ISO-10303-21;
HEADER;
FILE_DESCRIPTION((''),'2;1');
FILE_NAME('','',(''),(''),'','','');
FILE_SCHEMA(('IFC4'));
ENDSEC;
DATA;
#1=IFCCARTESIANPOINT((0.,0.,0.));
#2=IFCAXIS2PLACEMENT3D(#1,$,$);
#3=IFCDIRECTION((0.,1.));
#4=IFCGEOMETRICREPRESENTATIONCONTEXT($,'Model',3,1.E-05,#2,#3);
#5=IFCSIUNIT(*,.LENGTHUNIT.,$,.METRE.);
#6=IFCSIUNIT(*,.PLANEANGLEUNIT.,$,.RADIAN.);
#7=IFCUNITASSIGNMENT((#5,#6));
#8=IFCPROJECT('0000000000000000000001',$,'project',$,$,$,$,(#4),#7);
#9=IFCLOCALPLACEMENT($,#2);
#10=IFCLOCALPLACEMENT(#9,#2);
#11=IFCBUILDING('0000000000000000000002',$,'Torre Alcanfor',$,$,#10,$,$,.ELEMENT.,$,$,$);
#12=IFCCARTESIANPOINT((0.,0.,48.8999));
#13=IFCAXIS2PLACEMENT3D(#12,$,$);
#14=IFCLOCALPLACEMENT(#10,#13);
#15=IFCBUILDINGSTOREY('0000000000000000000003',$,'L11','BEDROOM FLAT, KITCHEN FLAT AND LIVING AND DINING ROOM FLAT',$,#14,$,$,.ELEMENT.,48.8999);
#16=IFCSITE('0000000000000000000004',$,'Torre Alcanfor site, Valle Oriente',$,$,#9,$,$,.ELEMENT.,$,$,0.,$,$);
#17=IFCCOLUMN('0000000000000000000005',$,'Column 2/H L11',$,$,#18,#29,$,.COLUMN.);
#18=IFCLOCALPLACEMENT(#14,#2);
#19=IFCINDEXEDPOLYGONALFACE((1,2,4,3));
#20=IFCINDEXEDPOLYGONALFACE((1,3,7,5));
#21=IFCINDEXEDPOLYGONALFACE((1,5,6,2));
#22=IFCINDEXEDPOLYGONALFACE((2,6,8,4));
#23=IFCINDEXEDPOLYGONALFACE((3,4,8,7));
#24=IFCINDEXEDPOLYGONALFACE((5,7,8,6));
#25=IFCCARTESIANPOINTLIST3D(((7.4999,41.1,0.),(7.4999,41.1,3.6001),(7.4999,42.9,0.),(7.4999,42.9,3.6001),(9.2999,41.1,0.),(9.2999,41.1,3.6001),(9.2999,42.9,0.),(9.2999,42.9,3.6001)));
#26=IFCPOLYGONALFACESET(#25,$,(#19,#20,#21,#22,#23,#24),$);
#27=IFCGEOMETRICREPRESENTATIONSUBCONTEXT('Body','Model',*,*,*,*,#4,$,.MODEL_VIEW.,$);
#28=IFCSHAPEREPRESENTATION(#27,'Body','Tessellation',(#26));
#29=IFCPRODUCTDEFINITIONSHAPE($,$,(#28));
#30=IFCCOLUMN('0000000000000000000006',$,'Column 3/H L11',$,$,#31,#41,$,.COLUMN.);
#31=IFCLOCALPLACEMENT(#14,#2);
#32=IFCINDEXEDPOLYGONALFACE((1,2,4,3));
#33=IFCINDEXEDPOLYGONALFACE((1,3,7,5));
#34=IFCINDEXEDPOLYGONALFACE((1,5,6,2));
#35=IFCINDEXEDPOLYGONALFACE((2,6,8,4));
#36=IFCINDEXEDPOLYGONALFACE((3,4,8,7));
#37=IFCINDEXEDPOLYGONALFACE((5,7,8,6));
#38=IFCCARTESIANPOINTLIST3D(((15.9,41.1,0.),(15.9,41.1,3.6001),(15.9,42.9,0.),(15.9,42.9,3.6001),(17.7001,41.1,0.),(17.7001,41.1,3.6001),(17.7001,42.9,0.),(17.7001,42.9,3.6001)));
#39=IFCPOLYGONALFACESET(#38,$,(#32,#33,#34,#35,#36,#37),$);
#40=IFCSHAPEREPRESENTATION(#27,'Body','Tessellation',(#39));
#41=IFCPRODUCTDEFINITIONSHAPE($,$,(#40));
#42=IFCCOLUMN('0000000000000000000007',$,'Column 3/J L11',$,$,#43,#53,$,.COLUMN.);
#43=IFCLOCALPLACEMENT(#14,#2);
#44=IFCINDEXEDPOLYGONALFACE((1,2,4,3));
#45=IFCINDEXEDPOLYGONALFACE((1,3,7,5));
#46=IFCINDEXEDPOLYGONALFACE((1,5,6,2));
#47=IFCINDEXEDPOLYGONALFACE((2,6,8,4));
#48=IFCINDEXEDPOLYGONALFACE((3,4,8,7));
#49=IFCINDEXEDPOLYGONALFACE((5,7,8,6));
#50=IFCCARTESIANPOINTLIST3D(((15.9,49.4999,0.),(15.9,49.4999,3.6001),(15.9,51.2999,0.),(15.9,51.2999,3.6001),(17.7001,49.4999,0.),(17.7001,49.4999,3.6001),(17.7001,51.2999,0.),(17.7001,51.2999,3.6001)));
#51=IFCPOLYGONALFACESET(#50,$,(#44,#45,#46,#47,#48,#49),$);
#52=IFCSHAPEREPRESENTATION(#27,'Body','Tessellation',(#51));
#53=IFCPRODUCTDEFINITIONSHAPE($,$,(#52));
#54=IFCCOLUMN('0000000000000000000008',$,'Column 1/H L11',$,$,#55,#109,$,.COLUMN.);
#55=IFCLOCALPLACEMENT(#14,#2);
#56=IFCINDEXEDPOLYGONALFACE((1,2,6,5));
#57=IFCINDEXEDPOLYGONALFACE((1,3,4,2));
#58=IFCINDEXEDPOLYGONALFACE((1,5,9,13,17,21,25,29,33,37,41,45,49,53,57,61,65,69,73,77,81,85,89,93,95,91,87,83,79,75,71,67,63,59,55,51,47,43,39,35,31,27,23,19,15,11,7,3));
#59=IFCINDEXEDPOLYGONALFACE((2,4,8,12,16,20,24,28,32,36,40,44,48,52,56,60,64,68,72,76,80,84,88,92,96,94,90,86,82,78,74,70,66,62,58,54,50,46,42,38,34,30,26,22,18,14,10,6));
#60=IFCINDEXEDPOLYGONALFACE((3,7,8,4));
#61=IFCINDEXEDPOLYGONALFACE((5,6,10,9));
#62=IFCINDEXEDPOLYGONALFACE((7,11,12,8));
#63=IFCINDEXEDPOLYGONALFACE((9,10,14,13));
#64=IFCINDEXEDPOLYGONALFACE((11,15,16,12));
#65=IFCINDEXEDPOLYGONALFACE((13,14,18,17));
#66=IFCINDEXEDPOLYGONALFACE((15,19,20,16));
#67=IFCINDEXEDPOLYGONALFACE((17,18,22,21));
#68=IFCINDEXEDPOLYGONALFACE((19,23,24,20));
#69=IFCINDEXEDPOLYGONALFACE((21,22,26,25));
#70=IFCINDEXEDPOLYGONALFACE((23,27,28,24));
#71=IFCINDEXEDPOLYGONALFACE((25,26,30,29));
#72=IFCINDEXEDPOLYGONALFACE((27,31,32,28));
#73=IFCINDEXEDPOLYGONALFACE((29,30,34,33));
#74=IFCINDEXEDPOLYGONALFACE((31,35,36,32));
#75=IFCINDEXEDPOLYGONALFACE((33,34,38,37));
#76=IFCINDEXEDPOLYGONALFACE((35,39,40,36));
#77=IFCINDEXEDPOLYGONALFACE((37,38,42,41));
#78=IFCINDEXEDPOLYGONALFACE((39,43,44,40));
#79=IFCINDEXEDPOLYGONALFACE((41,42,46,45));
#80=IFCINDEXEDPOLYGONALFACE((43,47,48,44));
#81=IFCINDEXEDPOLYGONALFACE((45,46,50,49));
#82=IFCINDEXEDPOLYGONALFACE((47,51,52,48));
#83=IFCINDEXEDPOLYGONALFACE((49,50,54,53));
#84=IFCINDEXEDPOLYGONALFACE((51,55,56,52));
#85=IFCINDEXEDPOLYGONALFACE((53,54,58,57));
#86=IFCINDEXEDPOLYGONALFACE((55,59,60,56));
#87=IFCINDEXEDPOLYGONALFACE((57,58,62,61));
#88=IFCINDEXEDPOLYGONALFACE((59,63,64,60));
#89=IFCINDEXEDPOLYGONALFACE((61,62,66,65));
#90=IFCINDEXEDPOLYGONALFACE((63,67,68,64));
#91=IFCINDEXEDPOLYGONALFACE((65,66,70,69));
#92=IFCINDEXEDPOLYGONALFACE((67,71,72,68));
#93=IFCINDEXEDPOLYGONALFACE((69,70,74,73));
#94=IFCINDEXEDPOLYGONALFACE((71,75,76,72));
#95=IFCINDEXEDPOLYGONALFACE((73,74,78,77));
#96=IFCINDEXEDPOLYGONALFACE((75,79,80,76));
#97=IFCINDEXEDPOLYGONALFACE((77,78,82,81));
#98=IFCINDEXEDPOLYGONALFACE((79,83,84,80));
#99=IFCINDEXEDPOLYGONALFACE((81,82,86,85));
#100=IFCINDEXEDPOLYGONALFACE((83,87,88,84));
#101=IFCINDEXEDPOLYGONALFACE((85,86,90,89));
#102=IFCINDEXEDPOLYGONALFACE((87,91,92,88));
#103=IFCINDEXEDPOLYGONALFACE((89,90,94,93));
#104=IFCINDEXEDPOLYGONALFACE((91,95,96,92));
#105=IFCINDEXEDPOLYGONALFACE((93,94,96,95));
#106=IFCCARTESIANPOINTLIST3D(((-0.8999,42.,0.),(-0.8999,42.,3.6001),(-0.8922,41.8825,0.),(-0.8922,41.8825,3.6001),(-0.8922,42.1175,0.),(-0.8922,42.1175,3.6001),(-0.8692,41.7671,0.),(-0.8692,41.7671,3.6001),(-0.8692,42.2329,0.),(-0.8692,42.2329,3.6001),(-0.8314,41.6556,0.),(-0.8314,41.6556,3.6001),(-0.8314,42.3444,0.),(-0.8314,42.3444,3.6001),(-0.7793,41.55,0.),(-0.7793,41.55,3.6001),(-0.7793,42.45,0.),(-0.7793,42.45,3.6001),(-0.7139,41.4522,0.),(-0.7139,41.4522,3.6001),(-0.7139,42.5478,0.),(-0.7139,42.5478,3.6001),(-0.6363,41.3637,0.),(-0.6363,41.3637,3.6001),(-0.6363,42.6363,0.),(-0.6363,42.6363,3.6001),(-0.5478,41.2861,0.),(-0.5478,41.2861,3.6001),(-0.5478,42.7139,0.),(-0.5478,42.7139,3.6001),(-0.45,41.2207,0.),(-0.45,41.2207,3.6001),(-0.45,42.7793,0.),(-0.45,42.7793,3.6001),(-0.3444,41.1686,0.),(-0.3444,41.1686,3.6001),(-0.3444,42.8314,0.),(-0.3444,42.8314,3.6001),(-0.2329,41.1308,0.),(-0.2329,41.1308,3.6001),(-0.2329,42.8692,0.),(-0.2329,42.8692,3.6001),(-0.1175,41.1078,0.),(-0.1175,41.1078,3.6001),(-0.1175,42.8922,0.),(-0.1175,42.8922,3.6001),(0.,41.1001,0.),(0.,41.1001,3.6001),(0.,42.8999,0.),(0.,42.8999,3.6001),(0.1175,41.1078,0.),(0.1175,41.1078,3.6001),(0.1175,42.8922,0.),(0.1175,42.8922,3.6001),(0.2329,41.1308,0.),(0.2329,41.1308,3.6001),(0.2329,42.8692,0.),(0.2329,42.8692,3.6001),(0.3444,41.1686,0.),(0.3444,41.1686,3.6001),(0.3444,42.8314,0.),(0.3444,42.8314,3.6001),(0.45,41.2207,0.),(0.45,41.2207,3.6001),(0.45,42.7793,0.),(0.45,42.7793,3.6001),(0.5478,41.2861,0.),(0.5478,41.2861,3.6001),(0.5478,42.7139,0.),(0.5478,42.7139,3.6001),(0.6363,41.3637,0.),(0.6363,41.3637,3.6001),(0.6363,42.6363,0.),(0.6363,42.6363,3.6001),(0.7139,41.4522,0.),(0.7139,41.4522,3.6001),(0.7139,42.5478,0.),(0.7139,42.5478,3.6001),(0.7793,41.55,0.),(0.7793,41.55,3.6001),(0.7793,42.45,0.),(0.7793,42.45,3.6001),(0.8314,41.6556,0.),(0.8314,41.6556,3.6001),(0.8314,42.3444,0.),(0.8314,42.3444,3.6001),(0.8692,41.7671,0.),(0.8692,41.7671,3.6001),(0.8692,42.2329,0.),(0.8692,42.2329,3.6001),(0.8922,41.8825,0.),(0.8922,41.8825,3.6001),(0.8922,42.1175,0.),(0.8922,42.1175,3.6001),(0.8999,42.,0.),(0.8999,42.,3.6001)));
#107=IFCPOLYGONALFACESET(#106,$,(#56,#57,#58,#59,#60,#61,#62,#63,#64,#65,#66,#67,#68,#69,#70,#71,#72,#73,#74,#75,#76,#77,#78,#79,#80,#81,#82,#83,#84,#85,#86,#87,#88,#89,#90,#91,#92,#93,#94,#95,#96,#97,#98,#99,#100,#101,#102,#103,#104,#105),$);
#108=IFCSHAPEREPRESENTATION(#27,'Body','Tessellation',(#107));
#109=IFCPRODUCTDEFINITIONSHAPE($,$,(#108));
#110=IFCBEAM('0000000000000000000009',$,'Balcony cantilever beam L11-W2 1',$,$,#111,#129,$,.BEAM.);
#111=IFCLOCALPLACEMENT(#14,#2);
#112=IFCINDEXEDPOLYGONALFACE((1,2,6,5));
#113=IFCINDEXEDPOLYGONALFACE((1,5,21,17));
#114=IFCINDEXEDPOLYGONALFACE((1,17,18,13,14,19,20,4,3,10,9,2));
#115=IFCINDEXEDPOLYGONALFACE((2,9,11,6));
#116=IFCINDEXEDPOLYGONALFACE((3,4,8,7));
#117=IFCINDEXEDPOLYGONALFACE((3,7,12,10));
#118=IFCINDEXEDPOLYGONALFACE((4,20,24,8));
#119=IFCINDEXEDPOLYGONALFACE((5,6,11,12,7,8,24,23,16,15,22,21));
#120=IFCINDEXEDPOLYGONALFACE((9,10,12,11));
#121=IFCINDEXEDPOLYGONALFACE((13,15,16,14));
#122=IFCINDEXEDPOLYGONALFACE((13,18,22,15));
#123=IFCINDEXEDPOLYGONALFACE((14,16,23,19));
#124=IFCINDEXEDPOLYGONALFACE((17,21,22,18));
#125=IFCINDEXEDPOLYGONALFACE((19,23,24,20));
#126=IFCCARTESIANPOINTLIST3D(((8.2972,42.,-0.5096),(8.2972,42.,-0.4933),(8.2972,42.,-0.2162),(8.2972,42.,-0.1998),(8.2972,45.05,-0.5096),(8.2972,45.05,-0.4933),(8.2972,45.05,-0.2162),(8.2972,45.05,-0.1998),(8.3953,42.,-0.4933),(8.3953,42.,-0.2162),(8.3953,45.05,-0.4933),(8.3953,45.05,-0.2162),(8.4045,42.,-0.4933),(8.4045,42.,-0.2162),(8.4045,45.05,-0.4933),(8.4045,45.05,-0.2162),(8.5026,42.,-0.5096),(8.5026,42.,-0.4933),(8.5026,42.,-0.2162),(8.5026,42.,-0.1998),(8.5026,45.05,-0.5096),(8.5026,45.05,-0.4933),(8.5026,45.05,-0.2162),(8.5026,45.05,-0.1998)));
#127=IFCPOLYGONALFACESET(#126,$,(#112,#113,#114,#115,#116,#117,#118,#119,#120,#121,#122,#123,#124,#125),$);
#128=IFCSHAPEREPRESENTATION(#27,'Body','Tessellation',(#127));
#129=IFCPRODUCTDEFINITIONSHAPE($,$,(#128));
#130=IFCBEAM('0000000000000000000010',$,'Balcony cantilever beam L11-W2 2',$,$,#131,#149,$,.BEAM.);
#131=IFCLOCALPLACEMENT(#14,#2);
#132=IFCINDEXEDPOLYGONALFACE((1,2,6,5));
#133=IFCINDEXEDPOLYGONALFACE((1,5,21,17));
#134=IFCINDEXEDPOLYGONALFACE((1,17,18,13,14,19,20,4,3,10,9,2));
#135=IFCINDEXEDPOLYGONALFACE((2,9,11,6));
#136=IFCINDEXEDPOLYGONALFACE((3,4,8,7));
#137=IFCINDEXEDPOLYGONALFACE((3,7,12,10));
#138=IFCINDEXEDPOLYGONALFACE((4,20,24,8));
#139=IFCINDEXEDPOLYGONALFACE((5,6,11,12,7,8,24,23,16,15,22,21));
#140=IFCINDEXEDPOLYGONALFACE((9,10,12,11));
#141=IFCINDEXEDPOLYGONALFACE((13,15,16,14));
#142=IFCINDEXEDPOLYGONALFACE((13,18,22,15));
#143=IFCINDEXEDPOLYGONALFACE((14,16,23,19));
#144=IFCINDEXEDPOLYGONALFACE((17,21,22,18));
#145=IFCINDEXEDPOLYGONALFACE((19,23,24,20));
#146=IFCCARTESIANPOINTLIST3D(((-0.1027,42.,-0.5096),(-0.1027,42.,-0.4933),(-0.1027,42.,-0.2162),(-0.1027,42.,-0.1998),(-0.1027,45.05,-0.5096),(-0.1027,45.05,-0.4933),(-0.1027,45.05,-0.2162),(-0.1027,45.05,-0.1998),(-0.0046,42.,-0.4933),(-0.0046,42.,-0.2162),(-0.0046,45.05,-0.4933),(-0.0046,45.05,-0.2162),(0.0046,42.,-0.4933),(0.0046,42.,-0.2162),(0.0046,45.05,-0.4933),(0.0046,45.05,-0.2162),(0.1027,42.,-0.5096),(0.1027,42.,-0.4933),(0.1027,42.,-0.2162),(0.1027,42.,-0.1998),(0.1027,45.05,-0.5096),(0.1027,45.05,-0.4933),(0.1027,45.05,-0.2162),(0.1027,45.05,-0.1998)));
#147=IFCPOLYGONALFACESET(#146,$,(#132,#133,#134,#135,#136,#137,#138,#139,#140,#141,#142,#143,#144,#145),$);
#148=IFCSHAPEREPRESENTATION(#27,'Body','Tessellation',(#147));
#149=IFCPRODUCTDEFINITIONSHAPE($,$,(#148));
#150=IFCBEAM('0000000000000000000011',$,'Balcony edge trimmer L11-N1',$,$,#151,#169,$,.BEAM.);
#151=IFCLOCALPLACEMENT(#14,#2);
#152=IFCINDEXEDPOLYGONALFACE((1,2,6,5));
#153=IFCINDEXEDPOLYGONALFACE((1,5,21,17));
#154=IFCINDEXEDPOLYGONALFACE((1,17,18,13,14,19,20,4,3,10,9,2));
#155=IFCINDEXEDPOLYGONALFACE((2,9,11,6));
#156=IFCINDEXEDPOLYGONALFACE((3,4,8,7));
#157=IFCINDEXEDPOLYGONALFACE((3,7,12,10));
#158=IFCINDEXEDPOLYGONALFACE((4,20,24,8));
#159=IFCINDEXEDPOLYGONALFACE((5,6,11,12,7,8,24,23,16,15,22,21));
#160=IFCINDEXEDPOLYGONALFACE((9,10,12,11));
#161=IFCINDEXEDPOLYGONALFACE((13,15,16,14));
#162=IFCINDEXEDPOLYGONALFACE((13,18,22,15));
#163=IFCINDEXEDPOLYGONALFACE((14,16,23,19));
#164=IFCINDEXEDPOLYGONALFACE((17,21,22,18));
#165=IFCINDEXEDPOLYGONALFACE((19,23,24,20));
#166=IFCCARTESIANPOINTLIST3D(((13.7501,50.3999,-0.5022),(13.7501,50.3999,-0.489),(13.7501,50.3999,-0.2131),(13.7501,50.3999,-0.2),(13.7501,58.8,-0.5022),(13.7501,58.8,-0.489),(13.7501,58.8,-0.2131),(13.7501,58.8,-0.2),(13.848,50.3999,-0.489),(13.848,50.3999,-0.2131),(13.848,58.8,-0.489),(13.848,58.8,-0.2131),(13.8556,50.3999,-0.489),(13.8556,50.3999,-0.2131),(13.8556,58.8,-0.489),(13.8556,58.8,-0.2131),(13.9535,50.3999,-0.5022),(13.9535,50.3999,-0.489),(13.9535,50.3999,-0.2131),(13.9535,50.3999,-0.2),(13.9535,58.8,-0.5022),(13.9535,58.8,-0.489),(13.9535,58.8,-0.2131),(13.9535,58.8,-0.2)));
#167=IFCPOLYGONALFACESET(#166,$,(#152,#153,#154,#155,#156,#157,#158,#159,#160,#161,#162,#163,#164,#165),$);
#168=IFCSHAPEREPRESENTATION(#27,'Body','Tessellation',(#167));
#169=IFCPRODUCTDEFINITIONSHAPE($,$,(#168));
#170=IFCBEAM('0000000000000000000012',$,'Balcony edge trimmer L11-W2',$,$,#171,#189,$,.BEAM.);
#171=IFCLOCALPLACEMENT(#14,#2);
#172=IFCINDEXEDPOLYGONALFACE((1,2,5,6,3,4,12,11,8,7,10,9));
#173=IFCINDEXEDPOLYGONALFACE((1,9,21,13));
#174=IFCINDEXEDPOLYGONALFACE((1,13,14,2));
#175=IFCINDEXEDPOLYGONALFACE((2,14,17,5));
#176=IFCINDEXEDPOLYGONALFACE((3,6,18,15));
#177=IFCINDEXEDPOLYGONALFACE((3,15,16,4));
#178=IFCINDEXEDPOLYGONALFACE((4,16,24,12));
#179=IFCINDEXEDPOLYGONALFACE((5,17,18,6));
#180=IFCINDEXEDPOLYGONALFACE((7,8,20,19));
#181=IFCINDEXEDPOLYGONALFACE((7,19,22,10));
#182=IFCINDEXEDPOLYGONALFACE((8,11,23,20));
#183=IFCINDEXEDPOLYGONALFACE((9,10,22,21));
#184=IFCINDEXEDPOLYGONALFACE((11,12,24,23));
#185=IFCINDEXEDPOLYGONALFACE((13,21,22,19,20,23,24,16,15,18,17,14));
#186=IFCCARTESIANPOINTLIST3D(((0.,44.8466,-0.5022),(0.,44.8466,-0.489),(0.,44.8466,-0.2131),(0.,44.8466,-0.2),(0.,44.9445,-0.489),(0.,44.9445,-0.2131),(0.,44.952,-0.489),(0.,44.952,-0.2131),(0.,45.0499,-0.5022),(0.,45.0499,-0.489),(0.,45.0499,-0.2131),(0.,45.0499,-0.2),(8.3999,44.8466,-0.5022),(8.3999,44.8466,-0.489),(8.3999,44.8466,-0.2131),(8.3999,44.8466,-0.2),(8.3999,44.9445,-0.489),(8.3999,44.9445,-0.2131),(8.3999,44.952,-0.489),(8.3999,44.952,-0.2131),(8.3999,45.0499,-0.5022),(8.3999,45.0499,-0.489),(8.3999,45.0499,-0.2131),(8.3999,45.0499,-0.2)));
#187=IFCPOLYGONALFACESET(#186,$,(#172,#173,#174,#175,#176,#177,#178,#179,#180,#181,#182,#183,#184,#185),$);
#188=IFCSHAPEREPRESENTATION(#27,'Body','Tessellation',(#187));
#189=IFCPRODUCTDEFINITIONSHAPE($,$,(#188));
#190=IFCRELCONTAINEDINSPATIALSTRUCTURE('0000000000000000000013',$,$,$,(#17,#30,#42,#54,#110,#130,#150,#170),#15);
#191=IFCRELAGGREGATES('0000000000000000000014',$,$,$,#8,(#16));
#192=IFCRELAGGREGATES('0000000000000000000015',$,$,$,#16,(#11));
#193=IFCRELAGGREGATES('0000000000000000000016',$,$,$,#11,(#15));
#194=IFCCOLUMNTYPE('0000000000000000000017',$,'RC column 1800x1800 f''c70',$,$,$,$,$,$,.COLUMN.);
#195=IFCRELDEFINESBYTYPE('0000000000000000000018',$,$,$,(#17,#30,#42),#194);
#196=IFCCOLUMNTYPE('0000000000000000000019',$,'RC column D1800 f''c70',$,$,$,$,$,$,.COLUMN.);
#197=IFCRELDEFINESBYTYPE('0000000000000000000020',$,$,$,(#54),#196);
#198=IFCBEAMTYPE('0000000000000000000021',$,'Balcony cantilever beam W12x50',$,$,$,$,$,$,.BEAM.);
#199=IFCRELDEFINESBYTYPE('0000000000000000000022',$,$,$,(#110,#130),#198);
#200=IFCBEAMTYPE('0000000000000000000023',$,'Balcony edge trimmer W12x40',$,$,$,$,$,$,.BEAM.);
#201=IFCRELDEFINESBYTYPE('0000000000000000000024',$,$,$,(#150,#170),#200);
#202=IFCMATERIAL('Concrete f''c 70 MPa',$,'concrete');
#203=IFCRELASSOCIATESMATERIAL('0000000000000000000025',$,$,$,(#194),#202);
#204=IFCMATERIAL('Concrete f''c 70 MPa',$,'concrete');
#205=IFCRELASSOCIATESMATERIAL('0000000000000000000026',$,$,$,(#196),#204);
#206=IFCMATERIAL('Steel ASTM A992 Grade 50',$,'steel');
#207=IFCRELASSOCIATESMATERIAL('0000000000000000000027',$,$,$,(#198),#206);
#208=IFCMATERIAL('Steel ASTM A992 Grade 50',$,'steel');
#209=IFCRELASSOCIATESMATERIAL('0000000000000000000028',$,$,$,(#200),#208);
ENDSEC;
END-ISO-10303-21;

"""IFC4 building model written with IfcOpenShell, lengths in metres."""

from ifc_helpers import new_model, si_unit, direction, frame, origin, origin_2d, place, context, subcontext, project, spatial, rectangle, circle, i_section, extrude, material, material_profile, profile_set, type_object, element, save


model = new_model("IFC4")

# Units and contexts
model_context = context("Model", 3, precision=1e-05, world=origin(), true_north=direction((0.0, 1.0)))
body_context = subcontext(model_context, "Body", "Model", "MODEL_VIEW")
ifc_project = project(units=[si_unit("LENGTHUNIT", "METRE"), si_unit("PLANEANGLEUNIT", "RADIAN")], contexts=[model_context])

# Site, building, storey
site_placement = place(None, origin())
site = spatial("IfcSite", under=ifc_project, at=site_placement, Name="Torre Alcanfor site, Valle Oriente", CompositionType="ELEMENT", RefElevation=0.0)
building_placement = place(site_placement, origin())
building = spatial("IfcBuilding", under=site, at=building_placement, Name="Torre Alcanfor", CompositionType="ELEMENT")
storey_placement = place(building_placement, frame((0.0, 0.0, 48.8999)))
storey = spatial("IfcBuildingStorey", under=building, at=storey_placement, Name="L11", Description="BEDROOM FLAT, KITCHEN FLAT AND LIVING AND DINING ROOM FLAT", CompositionType="ELEMENT", Elevation=48.8999)

# Columns
ifc_material_1 = material(Name="Concrete f'c 70 MPa", Category="concrete")
ifc_material_profile_1 = material_profile(ifc_material_1, rectangle(XDim=1.8, YDim=1.8, at=origin_2d()), Name="1800x1800")
ifc_profile_set_1 = profile_set([ifc_material_profile_1], Name="Concrete f'c 70 MPa")
column_type_1 = type_object("IfcColumnType", Name="RC column 1800x1800 f'c70", PredefinedType="COLUMN", material=ifc_profile_set_1)
for number, where, z_axis, x_axis, name in (
    (1, (8.3999, 42.0, 0.0), (0.0, 0.0, 1.0), (1.0, 0.0, 0.0), "Column 2/H L11"),
    (2, (16.8, 42.0, 0.0), (0.0, 0.0, 1.0), (1.0, 0.0, 0.0), "Column 3/H L11"),
    (3, (16.8, 50.3999, 0.0), (0.0, 0.0, 1.0), (1.0, 0.0, 0.0), "Column 3/J L11"),
):
    element("IfcColumn", number, at=place(storey_placement, frame(where, z_axis=z_axis, x_axis=x_axis)), inside=storey, type_object=column_type_1, Name=name, PredefinedType="COLUMN", context=body_context, shape_type="SweptSolid", body=[
        extrude(rectangle(XDim=1.8, YDim=1.8, at=origin_2d()), origin(), (0.0, 0.0, 1.0), 3.6001),
    ])
ifc_material_2 = material(Name="Concrete f'c 70 MPa", Category="concrete")
ifc_material_profile_2 = material_profile(ifc_material_2, circle(Radius=0.8999, at=origin_2d()), Name="D1800")
ifc_profile_set_2 = profile_set([ifc_material_profile_2], Name="Concrete f'c 70 MPa")
column_type_2 = type_object("IfcColumnType", Name="RC column D1800 f'c70", PredefinedType="COLUMN", material=ifc_profile_set_2)
column_placement = place(storey_placement, frame((0.0, 42.0, 0.0), z_axis=(0.0, 0.0, 1.0), x_axis=(1.0, 0.0, 0.0)))
element("IfcColumn", 4, at=column_placement, inside=storey, type_object=column_type_2, Name="Column 1/H L11", PredefinedType="COLUMN", context=body_context, shape_type="SweptSolid", body=[
    extrude(circle(Radius=0.8999, at=origin_2d()), origin(), (0.0, 0.0, 1.0), 3.6001),
])

# Beams
ifc_material_3 = material(Name="Steel ASTM A992 Grade 50", Category="steel")
ifc_material_profile_3 = material_profile(ifc_material_3, i_section(OverallWidth=0.2053, OverallDepth=0.3098, WebThickness=0.0093, FlangeThickness=0.0164, at=origin_2d()), Name="W12x50")
ifc_profile_set_3 = profile_set([ifc_material_profile_3], Name="Steel ASTM A992 Grade 50")
beam_type_1 = type_object("IfcBeamType", Name="Balcony cantilever beam W12x50", PredefinedType="BEAM", material=ifc_profile_set_3)
for number, where, z_axis, x_axis, name in (
    (5, (8.3999, 42.0, -0.3547), (0.0, 1.0, 0.0), (-1.0, 0.0, 0.0), "Balcony cantilever beam L11-W2 1"),
    (6, (0.0, 42.0, -0.3547), (0.0, 1.0, 0.0), (-1.0, 0.0, 0.0), "Balcony cantilever beam L11-W2 2"),
):
    element("IfcBeam", number, at=place(storey_placement, frame(where, z_axis=z_axis, x_axis=x_axis)), inside=storey, type_object=beam_type_1, Name=name, PredefinedType="BEAM", context=body_context, shape_type="SweptSolid", body=[
        extrude(i_section(OverallWidth=0.2053, OverallDepth=0.3098, WebThickness=0.0093, FlangeThickness=0.0164, at=origin_2d()), origin(), (0.0, 0.0, 1.0), 3.05),
    ])
ifc_material_4 = material(Name="Steel ASTM A992 Grade 50", Category="steel")
ifc_material_profile_4 = material_profile(ifc_material_4, i_section(OverallWidth=0.2034, OverallDepth=0.3022, WebThickness=0.0076, FlangeThickness=0.0132, at=origin_2d()), Name="W12x40")
ifc_profile_set_4 = profile_set([ifc_material_profile_4], Name="Steel ASTM A992 Grade 50")
beam_type_2 = type_object("IfcBeamType", Name="Balcony edge trimmer W12x40", PredefinedType="BEAM", material=ifc_profile_set_4)
beam_1_placement = place(storey_placement, frame((13.8518, 50.3999, -0.3511), z_axis=(0.0, 1.0, 0.0), x_axis=(-1.0, 0.0, 0.0)))
element("IfcBeam", 7, at=beam_1_placement, inside=storey, type_object=beam_type_2, Name="Balcony edge trimmer L11-N1", PredefinedType="BEAM", context=body_context, shape_type="SweptSolid", body=[
    extrude(i_section(OverallWidth=0.2034, OverallDepth=0.3022, WebThickness=0.0076, FlangeThickness=0.0132, at=origin_2d()), origin(), (0.0, 0.0, 1.0), 8.4001),
])
beam_2_placement = place(storey_placement, frame((8.3999, 44.9482, -0.3511), z_axis=(-1.0, 0.0, 0.0), x_axis=(0.0, -1.0, 0.0)))
element("IfcBeam", 8, at=beam_2_placement, inside=storey, type_object=beam_type_2, Name="Balcony edge trimmer L11-W2", PredefinedType="BEAM", context=body_context, shape_type="SweptSolid", body=[
    extrude(i_section(OverallWidth=0.2034, OverallDepth=0.3022, WebThickness=0.0076, FlangeThickness=0.0132, at=origin_2d()), origin(), (0.0, 0.0, 1.0), 8.3999),
])

save(model, "model.ifc")
